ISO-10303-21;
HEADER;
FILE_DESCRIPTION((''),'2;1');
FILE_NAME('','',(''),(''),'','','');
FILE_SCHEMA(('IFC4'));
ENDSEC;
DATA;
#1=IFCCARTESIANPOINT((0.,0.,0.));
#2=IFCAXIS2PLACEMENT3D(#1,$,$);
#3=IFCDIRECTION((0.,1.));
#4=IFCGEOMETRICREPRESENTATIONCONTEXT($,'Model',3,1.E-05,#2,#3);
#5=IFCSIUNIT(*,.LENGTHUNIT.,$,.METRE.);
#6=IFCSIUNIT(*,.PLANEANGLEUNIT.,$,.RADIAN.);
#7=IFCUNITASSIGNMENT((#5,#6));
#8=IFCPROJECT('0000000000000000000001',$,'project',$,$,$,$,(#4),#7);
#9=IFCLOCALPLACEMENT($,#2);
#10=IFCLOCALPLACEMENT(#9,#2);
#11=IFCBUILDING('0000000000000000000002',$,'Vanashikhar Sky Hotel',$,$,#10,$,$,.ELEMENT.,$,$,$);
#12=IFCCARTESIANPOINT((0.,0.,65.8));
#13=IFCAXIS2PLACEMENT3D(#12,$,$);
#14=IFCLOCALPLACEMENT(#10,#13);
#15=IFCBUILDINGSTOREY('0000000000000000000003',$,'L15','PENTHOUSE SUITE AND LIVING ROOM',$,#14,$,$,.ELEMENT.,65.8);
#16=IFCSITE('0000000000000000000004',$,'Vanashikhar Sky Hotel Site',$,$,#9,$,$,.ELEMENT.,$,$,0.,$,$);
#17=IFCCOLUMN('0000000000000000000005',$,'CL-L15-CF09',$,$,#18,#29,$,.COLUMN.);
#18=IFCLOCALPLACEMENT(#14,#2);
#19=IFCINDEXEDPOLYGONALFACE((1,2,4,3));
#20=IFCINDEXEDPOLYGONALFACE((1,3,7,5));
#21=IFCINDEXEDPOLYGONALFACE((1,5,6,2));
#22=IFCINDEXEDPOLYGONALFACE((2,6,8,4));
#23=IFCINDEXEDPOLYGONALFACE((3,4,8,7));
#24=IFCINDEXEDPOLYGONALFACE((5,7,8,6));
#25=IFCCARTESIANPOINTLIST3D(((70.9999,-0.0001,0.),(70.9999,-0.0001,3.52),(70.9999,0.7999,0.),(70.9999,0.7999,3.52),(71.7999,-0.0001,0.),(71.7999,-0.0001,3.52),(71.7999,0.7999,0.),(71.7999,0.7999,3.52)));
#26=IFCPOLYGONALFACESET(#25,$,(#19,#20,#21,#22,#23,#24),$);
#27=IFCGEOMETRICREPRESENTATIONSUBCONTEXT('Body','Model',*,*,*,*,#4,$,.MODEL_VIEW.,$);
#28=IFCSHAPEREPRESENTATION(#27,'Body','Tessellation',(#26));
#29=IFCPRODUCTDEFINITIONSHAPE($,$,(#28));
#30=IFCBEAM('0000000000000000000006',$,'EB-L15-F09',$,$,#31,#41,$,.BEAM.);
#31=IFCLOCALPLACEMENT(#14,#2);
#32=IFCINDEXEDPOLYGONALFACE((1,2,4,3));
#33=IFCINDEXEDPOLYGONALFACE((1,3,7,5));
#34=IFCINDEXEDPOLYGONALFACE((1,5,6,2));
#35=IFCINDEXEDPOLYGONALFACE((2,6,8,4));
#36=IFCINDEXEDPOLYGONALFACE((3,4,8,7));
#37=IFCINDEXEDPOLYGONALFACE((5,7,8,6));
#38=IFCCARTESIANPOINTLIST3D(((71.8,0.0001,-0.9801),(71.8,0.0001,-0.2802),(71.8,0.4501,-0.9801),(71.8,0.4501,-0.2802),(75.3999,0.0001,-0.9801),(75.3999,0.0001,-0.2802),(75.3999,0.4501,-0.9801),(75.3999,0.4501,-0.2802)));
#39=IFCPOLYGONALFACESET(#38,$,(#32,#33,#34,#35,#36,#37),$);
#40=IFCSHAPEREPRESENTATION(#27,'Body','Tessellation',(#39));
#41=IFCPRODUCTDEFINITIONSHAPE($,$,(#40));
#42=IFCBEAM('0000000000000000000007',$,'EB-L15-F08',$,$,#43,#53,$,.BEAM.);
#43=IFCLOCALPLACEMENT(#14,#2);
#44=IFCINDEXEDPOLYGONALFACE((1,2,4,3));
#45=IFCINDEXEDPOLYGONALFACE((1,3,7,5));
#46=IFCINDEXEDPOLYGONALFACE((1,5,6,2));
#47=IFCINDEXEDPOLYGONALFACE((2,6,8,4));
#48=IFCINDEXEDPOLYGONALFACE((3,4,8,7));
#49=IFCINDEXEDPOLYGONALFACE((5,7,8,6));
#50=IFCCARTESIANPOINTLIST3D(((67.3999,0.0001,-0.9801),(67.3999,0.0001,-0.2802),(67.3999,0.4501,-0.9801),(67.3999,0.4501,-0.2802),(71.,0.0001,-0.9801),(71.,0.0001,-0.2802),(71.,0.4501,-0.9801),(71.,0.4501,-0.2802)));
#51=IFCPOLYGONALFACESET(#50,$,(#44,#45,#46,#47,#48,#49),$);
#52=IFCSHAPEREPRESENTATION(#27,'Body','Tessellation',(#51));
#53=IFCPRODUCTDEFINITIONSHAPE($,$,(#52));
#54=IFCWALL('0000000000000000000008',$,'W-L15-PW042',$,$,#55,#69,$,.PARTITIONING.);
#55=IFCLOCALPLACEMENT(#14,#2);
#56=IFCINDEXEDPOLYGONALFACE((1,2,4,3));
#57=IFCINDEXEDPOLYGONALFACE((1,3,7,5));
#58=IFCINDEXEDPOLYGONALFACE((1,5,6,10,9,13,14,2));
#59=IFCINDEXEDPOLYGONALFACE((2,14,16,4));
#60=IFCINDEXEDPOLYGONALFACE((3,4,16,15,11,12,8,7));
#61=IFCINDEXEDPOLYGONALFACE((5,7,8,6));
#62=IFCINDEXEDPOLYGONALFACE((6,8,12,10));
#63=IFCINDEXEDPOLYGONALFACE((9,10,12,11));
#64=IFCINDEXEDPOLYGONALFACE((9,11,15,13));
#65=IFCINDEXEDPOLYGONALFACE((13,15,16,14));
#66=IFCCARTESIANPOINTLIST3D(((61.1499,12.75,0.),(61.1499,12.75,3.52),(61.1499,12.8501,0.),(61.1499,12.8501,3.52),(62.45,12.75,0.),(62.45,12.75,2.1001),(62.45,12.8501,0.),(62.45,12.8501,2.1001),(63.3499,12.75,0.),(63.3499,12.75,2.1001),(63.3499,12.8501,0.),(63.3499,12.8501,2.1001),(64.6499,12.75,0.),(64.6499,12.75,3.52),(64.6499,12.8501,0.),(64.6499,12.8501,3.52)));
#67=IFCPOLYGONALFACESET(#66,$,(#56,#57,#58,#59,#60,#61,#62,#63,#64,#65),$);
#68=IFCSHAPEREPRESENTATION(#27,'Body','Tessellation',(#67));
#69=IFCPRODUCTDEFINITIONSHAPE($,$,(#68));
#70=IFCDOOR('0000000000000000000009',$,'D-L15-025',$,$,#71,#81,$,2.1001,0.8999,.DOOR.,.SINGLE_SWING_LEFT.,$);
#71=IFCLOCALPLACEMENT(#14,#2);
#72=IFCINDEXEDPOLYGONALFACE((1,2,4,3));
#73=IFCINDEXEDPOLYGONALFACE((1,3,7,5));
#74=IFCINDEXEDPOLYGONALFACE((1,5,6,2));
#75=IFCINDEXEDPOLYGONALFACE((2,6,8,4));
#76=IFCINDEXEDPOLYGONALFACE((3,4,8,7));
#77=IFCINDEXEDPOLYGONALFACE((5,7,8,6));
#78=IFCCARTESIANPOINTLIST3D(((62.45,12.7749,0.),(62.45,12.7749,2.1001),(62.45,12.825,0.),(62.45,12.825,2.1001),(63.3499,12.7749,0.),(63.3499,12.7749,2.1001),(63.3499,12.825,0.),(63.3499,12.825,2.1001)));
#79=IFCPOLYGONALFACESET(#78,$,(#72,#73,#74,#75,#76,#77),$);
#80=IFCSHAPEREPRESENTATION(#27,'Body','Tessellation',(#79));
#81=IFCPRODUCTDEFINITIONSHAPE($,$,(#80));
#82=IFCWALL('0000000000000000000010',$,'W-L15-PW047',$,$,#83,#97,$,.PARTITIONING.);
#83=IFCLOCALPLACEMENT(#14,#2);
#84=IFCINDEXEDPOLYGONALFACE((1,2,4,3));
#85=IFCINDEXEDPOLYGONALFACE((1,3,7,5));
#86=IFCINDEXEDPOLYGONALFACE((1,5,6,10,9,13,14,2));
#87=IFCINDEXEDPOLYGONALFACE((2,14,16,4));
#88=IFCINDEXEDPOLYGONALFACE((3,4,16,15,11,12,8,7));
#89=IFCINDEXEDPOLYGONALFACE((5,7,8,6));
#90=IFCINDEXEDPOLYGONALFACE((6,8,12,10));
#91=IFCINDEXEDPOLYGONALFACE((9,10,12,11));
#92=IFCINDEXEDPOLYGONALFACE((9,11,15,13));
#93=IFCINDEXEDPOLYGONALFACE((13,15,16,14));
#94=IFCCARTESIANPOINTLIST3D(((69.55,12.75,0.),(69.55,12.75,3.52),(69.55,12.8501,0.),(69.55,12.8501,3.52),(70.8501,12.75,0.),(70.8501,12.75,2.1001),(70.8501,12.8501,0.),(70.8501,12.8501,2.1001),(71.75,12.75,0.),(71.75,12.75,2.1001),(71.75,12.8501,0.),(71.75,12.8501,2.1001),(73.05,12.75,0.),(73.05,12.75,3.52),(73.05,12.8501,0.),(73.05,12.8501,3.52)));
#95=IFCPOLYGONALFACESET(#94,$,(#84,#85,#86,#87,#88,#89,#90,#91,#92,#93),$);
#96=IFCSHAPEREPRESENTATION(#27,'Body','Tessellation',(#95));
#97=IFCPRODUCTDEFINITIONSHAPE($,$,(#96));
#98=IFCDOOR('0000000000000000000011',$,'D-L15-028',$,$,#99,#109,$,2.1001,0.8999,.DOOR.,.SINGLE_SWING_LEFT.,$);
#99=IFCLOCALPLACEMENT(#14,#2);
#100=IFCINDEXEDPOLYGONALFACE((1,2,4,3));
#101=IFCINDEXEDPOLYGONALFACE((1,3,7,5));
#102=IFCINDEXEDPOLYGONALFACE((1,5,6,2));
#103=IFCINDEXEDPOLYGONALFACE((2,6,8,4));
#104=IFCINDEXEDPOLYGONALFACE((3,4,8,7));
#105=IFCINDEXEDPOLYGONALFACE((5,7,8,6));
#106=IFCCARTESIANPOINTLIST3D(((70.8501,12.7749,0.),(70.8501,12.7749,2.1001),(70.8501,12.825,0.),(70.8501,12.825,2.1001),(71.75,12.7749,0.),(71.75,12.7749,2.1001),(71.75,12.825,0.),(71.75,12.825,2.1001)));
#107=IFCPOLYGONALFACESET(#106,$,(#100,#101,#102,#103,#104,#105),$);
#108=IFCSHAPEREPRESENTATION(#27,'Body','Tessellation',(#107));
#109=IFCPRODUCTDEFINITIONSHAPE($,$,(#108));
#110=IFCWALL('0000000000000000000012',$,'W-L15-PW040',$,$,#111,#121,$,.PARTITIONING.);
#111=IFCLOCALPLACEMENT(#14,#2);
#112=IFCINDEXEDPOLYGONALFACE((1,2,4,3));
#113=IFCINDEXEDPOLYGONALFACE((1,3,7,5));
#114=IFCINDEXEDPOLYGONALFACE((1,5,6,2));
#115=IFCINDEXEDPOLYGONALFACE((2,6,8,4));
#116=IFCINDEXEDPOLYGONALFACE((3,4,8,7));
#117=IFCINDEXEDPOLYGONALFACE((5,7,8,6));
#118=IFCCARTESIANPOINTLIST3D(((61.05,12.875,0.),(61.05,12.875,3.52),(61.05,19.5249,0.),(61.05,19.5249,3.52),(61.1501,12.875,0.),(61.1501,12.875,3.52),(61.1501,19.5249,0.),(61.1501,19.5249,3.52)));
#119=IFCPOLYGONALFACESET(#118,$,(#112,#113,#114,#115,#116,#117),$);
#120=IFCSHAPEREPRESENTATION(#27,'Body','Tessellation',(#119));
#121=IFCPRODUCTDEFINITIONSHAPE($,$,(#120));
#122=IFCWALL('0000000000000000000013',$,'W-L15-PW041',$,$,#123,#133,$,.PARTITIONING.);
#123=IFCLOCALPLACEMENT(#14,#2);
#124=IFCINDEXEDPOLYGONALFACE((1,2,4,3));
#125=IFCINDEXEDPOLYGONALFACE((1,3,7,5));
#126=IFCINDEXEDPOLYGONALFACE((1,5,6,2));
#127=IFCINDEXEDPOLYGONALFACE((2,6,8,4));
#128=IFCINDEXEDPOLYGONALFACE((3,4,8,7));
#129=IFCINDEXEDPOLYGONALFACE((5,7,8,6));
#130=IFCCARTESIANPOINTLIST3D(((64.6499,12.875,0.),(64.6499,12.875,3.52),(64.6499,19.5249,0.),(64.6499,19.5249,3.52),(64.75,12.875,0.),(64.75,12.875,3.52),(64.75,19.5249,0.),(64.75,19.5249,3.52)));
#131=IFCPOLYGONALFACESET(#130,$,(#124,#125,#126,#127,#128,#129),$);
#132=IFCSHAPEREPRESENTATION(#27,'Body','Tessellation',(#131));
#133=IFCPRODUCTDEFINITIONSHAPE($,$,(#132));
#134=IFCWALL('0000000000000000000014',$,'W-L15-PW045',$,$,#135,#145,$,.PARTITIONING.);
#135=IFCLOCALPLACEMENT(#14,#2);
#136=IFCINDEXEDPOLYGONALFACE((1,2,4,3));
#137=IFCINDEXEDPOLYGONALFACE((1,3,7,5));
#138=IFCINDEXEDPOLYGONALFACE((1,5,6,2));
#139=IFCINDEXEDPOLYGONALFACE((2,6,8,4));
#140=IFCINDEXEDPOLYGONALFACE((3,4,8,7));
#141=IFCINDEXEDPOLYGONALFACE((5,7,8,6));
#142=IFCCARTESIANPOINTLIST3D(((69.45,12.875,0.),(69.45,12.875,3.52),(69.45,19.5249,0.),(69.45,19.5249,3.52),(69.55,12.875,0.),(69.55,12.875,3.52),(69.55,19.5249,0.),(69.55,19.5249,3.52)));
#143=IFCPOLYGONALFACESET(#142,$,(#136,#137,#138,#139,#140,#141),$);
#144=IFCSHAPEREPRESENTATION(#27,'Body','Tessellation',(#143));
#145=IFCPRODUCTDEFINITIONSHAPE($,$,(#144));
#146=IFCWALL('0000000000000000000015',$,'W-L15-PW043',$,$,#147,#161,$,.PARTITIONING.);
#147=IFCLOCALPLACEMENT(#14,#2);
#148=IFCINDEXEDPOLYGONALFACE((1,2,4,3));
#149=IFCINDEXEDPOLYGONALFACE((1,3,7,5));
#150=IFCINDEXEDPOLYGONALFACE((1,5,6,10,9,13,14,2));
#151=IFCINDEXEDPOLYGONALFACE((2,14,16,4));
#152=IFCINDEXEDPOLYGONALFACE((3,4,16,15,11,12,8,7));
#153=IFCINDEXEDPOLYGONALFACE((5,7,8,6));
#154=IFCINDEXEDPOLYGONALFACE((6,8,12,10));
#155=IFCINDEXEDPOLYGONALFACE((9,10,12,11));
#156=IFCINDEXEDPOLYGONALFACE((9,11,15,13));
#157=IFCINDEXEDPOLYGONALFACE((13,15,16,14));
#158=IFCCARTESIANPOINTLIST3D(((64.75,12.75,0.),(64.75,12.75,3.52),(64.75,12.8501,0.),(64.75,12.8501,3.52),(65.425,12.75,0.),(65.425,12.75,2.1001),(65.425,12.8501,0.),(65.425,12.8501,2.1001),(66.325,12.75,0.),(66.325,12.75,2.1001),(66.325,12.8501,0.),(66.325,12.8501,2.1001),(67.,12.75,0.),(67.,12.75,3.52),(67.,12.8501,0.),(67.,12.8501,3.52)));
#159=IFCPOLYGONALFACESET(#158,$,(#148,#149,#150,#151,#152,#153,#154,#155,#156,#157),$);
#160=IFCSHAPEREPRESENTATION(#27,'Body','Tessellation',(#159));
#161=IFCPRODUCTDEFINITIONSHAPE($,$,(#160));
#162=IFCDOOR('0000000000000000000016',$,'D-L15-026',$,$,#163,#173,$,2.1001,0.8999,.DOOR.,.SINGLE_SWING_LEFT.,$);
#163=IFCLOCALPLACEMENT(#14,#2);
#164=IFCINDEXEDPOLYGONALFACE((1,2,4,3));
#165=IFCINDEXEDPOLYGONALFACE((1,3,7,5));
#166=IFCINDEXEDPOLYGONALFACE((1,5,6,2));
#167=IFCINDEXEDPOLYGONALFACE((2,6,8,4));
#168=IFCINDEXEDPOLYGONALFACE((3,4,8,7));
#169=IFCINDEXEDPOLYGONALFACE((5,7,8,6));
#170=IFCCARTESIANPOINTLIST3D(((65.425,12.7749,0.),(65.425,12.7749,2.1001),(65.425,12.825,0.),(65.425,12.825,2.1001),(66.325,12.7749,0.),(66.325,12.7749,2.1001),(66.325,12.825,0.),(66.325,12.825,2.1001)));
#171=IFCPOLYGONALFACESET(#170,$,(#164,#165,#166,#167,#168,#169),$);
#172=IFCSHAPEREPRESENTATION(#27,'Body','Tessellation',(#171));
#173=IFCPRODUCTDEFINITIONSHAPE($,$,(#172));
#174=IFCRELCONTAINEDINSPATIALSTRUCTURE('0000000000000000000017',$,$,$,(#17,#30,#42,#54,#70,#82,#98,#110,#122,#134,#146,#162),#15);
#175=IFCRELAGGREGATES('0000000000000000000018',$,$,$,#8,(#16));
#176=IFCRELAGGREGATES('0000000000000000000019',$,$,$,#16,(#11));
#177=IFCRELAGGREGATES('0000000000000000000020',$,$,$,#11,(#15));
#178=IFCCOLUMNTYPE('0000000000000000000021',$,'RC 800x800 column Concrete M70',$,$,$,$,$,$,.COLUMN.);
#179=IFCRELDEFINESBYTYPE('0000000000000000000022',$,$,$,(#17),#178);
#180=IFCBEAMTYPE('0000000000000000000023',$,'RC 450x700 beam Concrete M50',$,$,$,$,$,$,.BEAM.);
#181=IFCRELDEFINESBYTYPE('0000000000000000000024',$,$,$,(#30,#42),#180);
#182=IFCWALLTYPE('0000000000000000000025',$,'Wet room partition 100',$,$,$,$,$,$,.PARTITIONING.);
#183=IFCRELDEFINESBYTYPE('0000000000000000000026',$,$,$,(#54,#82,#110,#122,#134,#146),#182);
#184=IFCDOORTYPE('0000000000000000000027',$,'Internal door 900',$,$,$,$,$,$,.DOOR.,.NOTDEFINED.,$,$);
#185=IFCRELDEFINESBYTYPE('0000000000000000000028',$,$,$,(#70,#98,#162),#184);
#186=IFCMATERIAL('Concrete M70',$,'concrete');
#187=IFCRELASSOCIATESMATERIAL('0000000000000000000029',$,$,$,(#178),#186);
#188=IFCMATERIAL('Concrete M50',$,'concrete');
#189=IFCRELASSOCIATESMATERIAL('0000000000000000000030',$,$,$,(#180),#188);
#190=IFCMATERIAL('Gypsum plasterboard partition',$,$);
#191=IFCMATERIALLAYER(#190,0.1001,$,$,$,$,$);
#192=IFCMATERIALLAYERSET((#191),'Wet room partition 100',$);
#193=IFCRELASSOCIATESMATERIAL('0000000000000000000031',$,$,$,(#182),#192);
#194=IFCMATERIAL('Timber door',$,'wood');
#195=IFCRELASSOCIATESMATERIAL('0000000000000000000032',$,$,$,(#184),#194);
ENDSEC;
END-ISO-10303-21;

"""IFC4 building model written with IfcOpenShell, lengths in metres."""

from ifc_helpers import new_model, si_unit, direction, frame, frame_2d, origin, origin_2d, place, context, subcontext, project, spatial, rectangle, extrude, source, transform, mapped, material, layer, layer_set, material_profile, profile_set, type_object, element, fill, save


model = new_model("IFC4")

# Units and contexts
model_context = context("Model", 3, precision=1e-05, world=origin(), true_north=direction((0.0, 1.0)))
body_context = subcontext(model_context, "Body", "Model", "MODEL_VIEW")
ifc_project = project(units=[si_unit("LENGTHUNIT", "METRE"), si_unit("PLANEANGLEUNIT", "RADIAN")], contexts=[model_context])

# Site, building, storey
site_placement = place(None, origin())
site = spatial("IfcSite", under=ifc_project, at=site_placement, Name="Vanashikhar Sky Hotel Site", CompositionType="ELEMENT", RefElevation=0.0)
building_placement = place(site_placement, origin())
building = spatial("IfcBuilding", under=site, at=building_placement, Name="Vanashikhar Sky Hotel", CompositionType="ELEMENT")
storey_placement = place(building_placement, frame((0.0, 0.0, 65.8)))
storey = spatial("IfcBuildingStorey", under=building, at=storey_placement, Name="L15", Description="PENTHOUSE SUITE AND LIVING ROOM", CompositionType="ELEMENT", Elevation=65.8)

# Column
ifc_material_1 = material(Name="Concrete M70", Category="concrete")
ifc_material_profile_1 = material_profile(ifc_material_1, rectangle(XDim=0.8, YDim=0.8, at=origin_2d()))
ifc_profile_set_1 = profile_set([ifc_material_profile_1], Name="RC 800x800 column Concrete M70")
column_type = type_object("IfcColumnType", Name="RC 800x800 column Concrete M70", PredefinedType="COLUMN", material=ifc_profile_set_1)
shared_shape_1 = source(origin(), body_context, "Body", "SweptSolid", [
    extrude(rectangle(XDim=0.8, YDim=0.8, at=origin_2d()), origin(), (0.0, 0.0, 1.0), 3.52),
])
column_placement = place(storey_placement, frame((71.3999, 0.3999, 0.0), z_axis=(0.0, 0.0, 1.0), x_axis=(1.0, 0.0, 0.0)))
element("IfcColumn", 1, at=column_placement, inside=storey, type_object=column_type, Name="CL-L15-CF09", PredefinedType="COLUMN", context=body_context, shape_type="MappedRepresentation", body=[
    mapped(shared_shape_1, transform((0.0, 0.0, 0.0), scale=1.0)),
])

# Beams
ifc_material_2 = material(Name="Concrete M50", Category="concrete")
ifc_material_profile_2 = material_profile(ifc_material_2, rectangle(XDim=0.45, YDim=0.7, at=origin_2d()))
ifc_profile_set_2 = profile_set([ifc_material_profile_2], Name="RC 450x700 beam Concrete M50")
beam_type = type_object("IfcBeamType", Name="RC 450x700 beam Concrete M50", PredefinedType="BEAM", material=ifc_profile_set_2)
shared_shape_2 = source(origin(), body_context, "Body", "SweptSolid", [
    extrude(rectangle(XDim=0.45, YDim=0.7, at=origin_2d()), origin(), (0.0, 0.0, 1.0), 3.5999),
])
beam_1_placement = place(storey_placement, frame((71.8, 0.2251, -0.6301), z_axis=(1.0, 0.0, 0.0), x_axis=(0.0, 1.0, 0.0)))
element("IfcBeam", 2, at=beam_1_placement, inside=storey, type_object=beam_type, Name="EB-L15-F09", PredefinedType="BEAM", context=body_context, shape_type="MappedRepresentation", body=[
    mapped(shared_shape_2, transform((0.0, 0.0, 0.0), scale=1.0)),
])
shared_shape_3 = source(origin(), body_context, "Body", "SweptSolid", [
    extrude(rectangle(XDim=0.45, YDim=0.7, at=origin_2d()), origin(), (0.0, 0.0, 1.0), 3.6001),
])
beam_2_placement = place(storey_placement, frame((67.3999, 0.2251, -0.6301), z_axis=(1.0, 0.0, 0.0), x_axis=(0.0, 1.0, 0.0)))
element("IfcBeam", 3, at=beam_2_placement, inside=storey, type_object=beam_type, Name="EB-L15-F08", PredefinedType="BEAM", context=body_context, shape_type="MappedRepresentation", body=[
    mapped(shared_shape_3, transform((0.0, 0.0, 0.0), scale=1.0)),
])

# Walls, openings, doors
ifc_material_3 = material(Name="Gypsum plasterboard partition")
ifc_layer_1 = layer(ifc_material_3, 0.1001)
ifc_layer_set_1 = layer_set([ifc_layer_1], Name="Wet room partition 100")
wall_type_1 = type_object("IfcWallType", Name="Wet room partition 100", PredefinedType="PARTITIONING", material=ifc_layer_set_1)
shared_shape_4 = source(origin(), body_context, "Body", "SweptSolid", [
    extrude(rectangle(XDim=3.5, YDim=0.1001, at=frame_2d((1.75, 0.0))), origin(), (0.0, 0.0, 1.0), 3.52),
])
wall_1_placement = place(storey_placement, frame((61.1499, 12.8, 0.0), z_axis=(0.0, 0.0, 1.0), x_axis=(1.0, 0.0, 0.0)))
wall_1 = element("IfcWall", 4, at=wall_1_placement, inside=storey, type_object=wall_type_1, Name="W-L15-PW042", PredefinedType="PARTITIONING", context=body_context, shape_type="MappedRepresentation", body=[
    mapped(shared_shape_4, transform((0.0, 0.0, 0.0), scale=1.0)),
])
shared_shape_5 = source(origin(), body_context, "Body", "SweptSolid", [
    extrude(rectangle(XDim=0.8999, YDim=2.1001, at=frame_2d((0.45, 1.05))), frame((0.0, 0.0601, 0.0), z_axis=(0.0, -1.0, 0.0), x_axis=(1.0, 0.0, 0.0)), (0.0, 0.0, 1.0), 0.1201),
])
opening_1_placement = place(wall_1_placement, frame((1.3, 0.0, 0.0)))
opening_1 = element("IfcOpeningElement", 5, at=opening_1_placement, cuts=wall_1, PredefinedType="OPENING", context=body_context, shape_type="MappedRepresentation", body=[
    mapped(shared_shape_5, transform((0.0, 0.0, 0.0), scale=1.0)),
])
ifc_material_4 = material(Name="Timber door", Category="wood")
door_type_1 = type_object("IfcDoorType", Name="Internal door 900", OperationType="NOTDEFINED", PredefinedType="DOOR", material=ifc_material_4)
shared_shape_6 = source(origin(), body_context, "Body", "SweptSolid", [
    extrude(rectangle(XDim=0.8999, YDim=2.1001, at=frame_2d((0.45, 1.05))), frame((0.0, 0.0249, 0.0), z_axis=(0.0, -1.0, 0.0), x_axis=(1.0, 0.0, 0.0)), (0.0, 0.0, 1.0), 0.05),
])
door_1_placement = place(opening_1_placement, origin())
door_1 = element("IfcDoor", 6, at=door_1_placement, inside=storey, type_object=door_type_1, Name="D-L15-025", OperationType="SINGLE_SWING_LEFT", OverallHeight=2.1001, OverallWidth=0.8999, PredefinedType="DOOR", context=body_context, shape_type="MappedRepresentation", body=[
    mapped(shared_shape_6, transform((0.0, 0.0, 0.0), scale=1.0)),
])
fill(opening_1, door_1)
wall_2_placement = place(storey_placement, frame((69.55, 12.8, 0.0), z_axis=(0.0, 0.0, 1.0), x_axis=(1.0, 0.0, 0.0)))
wall_2 = element("IfcWall", 7, at=wall_2_placement, inside=storey, type_object=wall_type_1, Name="W-L15-PW047", PredefinedType="PARTITIONING", context=body_context, shape_type="MappedRepresentation", body=[
    mapped(shared_shape_4, transform((0.0, 0.0, 0.0), scale=1.0)),
])
opening_2_placement = place(wall_2_placement, frame((1.3, 0.0, 0.0)))
opening_2 = element("IfcOpeningElement", 8, at=opening_2_placement, cuts=wall_2, PredefinedType="OPENING", context=body_context, shape_type="MappedRepresentation", body=[
    mapped(shared_shape_5, transform((0.0, 0.0, 0.0), scale=1.0)),
])
door_2_placement = place(opening_2_placement, origin())
door_2 = element("IfcDoor", 9, at=door_2_placement, inside=storey, type_object=door_type_1, Name="D-L15-028", OperationType="SINGLE_SWING_LEFT", OverallHeight=2.1001, OverallWidth=0.8999, PredefinedType="DOOR", context=body_context, shape_type="MappedRepresentation", body=[
    mapped(shared_shape_6, transform((0.0, 0.0, 0.0), scale=1.0)),
])
fill(opening_2, door_2)

# Walls
shared_shape_7 = source(origin(), body_context, "Body", "SweptSolid", [
    extrude(rectangle(XDim=6.6499, YDim=0.1001, at=frame_2d((3.325, 0.0))), origin(), (0.0, 0.0, 1.0), 3.52),
])
for number, where, z_axis, x_axis, name in (
    (10, (61.1001, 12.875, 0.0), (0.0, 0.0, 1.0), (0.0, 1.0, 0.0), "W-L15-PW040"),
    (11, (64.7, 12.875, 0.0), (0.0, 0.0, 1.0), (0.0, 1.0, 0.0), "W-L15-PW041"),
    (12, (69.5, 12.875, 0.0), (0.0, 0.0, 1.0), (0.0, 1.0, 0.0), "W-L15-PW045"),
):
    element("IfcWall", number, at=place(storey_placement, frame(where, z_axis=z_axis, x_axis=x_axis)), inside=storey, type_object=wall_type_1, Name=name, PredefinedType="PARTITIONING", context=body_context, shape_type="MappedRepresentation", body=[
        mapped(shared_shape_7, transform((0.0, 0.0, 0.0), scale=1.0)),
    ])

# Wall, opening, door
shared_shape_8 = source(origin(), body_context, "Body", "SweptSolid", [
    extrude(rectangle(XDim=2.25, YDim=0.1001, at=frame_2d((1.125, 0.0))), origin(), (0.0, 0.0, 1.0), 3.52),
])
wall_3_placement = place(storey_placement, frame((64.75, 12.8, 0.0), z_axis=(0.0, 0.0, 1.0), x_axis=(1.0, 0.0, 0.0)))
wall_3 = element("IfcWall", 13, at=wall_3_placement, inside=storey, type_object=wall_type_1, Name="W-L15-PW043", PredefinedType="PARTITIONING", context=body_context, shape_type="MappedRepresentation", body=[
    mapped(shared_shape_8, transform((0.0, 0.0, 0.0), scale=1.0)),
])
opening_3_placement = place(wall_3_placement, frame((0.675, 0.0, 0.0)))
opening_3 = element("IfcOpeningElement", 14, at=opening_3_placement, cuts=wall_3, PredefinedType="OPENING", context=body_context, shape_type="MappedRepresentation", body=[
    mapped(shared_shape_5, transform((0.0, 0.0, 0.0), scale=1.0)),
])
door_3_placement = place(opening_3_placement, origin())
door_3 = element("IfcDoor", 15, at=door_3_placement, inside=storey, type_object=door_type_1, Name="D-L15-026", OperationType="SINGLE_SWING_LEFT", OverallHeight=2.1001, OverallWidth=0.8999, PredefinedType="DOOR", context=body_context, shape_type="MappedRepresentation", body=[
    mapped(shared_shape_6, transform((0.0, 0.0, 0.0), scale=1.0)),
])
fill(opening_3, door_3)

save(model, "model.ifc")
